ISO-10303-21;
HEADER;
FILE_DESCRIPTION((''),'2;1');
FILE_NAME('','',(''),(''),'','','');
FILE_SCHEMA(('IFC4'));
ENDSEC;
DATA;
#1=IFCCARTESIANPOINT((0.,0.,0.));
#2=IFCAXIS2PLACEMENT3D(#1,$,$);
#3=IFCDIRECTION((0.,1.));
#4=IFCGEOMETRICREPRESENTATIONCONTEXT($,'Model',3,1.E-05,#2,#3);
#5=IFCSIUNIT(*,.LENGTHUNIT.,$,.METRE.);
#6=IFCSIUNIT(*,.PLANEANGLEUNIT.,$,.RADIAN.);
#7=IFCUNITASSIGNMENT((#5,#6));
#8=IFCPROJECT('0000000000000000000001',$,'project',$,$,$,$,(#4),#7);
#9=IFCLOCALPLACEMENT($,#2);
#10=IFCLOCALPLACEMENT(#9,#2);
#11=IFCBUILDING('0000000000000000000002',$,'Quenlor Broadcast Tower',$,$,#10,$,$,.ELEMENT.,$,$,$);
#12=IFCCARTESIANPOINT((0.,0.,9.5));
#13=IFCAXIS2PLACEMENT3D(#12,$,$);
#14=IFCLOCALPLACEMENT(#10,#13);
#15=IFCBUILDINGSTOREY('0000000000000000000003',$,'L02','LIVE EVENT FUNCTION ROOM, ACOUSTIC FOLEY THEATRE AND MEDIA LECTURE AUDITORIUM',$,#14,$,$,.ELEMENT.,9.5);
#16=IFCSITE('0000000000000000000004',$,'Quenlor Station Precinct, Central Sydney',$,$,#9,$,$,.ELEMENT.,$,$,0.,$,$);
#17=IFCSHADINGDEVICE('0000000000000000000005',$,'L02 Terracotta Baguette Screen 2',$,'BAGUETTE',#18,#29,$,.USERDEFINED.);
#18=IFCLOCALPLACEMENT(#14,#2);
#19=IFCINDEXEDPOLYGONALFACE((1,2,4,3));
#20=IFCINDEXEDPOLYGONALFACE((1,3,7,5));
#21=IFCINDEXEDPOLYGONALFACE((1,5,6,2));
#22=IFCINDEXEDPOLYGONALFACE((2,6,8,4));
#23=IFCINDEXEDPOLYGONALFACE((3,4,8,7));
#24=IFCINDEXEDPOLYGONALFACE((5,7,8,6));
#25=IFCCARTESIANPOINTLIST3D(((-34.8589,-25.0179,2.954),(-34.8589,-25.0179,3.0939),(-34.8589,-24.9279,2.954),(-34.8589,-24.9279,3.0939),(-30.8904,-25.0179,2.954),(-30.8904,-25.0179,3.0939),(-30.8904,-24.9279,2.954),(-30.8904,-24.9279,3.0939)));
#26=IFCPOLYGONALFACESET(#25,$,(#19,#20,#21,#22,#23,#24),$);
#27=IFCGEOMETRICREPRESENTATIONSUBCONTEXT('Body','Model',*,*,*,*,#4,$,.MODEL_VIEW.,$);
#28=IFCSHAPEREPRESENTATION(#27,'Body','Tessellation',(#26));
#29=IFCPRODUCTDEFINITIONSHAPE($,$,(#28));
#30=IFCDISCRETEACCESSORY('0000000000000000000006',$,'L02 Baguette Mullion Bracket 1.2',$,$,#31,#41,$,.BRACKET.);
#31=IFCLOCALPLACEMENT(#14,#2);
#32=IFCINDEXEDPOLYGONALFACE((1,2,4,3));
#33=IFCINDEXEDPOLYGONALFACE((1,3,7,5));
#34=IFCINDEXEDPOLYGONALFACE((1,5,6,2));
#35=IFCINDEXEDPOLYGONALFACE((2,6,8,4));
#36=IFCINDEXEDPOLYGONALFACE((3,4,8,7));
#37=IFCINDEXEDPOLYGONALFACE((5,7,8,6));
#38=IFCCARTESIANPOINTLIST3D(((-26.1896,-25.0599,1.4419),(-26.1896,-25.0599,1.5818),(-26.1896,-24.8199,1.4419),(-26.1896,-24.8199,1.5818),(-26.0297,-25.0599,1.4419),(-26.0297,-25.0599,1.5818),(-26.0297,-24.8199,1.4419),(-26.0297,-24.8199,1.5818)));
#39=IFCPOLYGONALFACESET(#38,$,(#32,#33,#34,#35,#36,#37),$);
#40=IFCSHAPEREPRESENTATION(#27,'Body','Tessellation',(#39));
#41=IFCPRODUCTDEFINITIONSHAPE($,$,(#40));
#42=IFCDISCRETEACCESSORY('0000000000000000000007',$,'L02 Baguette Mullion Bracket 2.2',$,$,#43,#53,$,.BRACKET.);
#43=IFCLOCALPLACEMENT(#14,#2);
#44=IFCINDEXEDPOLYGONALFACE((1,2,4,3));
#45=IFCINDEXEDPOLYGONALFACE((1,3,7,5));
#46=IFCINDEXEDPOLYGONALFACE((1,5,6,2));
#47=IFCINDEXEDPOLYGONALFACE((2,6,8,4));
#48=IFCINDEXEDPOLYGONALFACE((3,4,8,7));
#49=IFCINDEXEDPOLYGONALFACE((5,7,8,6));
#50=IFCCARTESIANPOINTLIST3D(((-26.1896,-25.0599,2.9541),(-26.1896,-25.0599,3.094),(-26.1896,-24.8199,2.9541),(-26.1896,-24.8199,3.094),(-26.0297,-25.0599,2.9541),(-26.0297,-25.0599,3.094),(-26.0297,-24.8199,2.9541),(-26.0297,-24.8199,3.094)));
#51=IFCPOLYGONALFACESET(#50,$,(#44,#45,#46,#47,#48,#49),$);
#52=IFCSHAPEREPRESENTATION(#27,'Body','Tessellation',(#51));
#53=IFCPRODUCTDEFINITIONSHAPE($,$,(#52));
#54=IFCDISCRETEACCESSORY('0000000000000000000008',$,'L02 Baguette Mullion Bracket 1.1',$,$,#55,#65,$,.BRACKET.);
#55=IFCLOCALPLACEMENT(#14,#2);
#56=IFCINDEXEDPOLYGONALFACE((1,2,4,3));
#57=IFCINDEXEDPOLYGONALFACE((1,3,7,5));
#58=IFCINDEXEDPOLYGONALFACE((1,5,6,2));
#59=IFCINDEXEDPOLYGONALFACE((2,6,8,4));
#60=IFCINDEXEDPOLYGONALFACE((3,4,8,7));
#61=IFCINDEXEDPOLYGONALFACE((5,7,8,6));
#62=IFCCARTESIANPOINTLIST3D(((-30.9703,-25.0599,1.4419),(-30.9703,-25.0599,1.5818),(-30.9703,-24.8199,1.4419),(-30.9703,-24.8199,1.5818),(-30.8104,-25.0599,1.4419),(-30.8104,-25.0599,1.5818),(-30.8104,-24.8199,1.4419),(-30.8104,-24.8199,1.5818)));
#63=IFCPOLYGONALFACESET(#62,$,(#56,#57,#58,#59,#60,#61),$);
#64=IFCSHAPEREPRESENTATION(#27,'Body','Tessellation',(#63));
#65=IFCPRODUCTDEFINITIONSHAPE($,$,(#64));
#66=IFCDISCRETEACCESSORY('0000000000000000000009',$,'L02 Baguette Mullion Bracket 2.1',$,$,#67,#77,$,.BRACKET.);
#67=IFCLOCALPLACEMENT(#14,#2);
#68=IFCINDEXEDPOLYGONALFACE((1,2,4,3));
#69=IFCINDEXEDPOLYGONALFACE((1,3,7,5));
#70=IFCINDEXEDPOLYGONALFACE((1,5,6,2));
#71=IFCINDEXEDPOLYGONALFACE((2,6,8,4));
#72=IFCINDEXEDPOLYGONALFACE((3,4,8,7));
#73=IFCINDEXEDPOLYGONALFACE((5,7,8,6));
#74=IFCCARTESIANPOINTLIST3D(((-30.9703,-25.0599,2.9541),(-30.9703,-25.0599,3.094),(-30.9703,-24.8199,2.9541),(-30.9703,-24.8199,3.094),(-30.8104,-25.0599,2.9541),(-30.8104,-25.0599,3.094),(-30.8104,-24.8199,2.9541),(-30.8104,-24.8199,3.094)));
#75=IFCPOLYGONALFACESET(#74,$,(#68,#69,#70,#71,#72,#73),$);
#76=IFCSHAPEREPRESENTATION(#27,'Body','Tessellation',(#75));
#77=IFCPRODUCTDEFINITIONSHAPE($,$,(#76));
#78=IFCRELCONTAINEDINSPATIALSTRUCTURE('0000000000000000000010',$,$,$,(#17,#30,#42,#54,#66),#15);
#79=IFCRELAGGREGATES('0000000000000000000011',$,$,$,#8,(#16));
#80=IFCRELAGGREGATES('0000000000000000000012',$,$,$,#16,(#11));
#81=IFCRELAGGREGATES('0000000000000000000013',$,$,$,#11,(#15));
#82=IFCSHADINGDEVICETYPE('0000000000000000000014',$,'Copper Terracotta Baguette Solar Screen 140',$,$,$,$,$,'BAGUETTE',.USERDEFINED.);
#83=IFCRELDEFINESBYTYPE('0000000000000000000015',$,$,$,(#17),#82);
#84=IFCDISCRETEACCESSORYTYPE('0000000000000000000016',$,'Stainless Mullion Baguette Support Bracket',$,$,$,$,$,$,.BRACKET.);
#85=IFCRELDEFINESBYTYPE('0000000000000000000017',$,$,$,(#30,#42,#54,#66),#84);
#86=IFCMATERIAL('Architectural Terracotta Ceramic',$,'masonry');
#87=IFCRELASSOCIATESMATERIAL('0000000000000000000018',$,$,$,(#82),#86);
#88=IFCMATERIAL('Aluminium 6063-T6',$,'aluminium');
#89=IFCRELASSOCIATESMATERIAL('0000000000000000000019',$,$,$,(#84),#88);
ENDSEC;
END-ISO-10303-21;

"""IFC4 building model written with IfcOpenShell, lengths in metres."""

from ifc_helpers import new_model, si_unit, direction, frame, origin, origin_2d, place, context, subcontext, project, spatial, rectangle, extrude, material, material_profile, profile_set, type_object, element, save


model = new_model("IFC4")

# Units and contexts
model_context = context("Model", 3, precision=1e-05, world=origin(), true_north=direction((0.0, 1.0)))
body_context = subcontext(model_context, "Body", "Model", "MODEL_VIEW")
ifc_project = project(units=[si_unit("LENGTHUNIT", "METRE"), si_unit("PLANEANGLEUNIT", "RADIAN")], contexts=[model_context])

# Site, building, storey
site_placement = place(None, origin())
site = spatial("IfcSite", under=ifc_project, at=site_placement, Name="Quenlor Station Precinct, Central Sydney", CompositionType="ELEMENT", RefElevation=0.0)
building_placement = place(site_placement, origin())
building = spatial("IfcBuilding", under=site, at=building_placement, Name="Quenlor Broadcast Tower", CompositionType="ELEMENT")
storey_placement = place(building_placement, frame((0.0, 0.0, 9.5)))
storey = spatial("IfcBuildingStorey", under=building, at=storey_placement, Name="L02", Description="LIVE EVENT FUNCTION ROOM, ACOUSTIC FOLEY THEATRE AND MEDIA LECTURE AUDITORIUM", CompositionType="ELEMENT", Elevation=9.5)

# Shading device
ifc_material_1 = material(Name="Architectural Terracotta Ceramic", Category="masonry")
ifc_material_profile_1 = material_profile(ifc_material_1, rectangle(XDim=0.0901, YDim=0.1399, at=origin_2d()))
ifc_profile_set_1 = profile_set([ifc_material_profile_1], Name="Architectural Terracotta Ceramic BAG90x140")
shading_device_type = type_object("IfcShadingDeviceType", Name="Copper Terracotta Baguette Solar Screen 140", ElementType="BAGUETTE", PredefinedType="USERDEFINED", material=ifc_profile_set_1)
for number, where, z_axis, x_axis, name in (
    (1, (-30.8904, -24.9729, 3.0239), (-1.0, 0.0, 0.0), (0.0, -1.0, 0.0), "L02 Terracotta Baguette Screen 2"),
):
    element("IfcShadingDevice", number, at=place(storey_placement, frame(where, z_axis=z_axis, x_axis=x_axis)), inside=storey, type_object=shading_device_type, Name=name, ObjectType="BAGUETTE", PredefinedType="USERDEFINED", context=body_context, shape_type="SweptSolid", body=[
        extrude(rectangle(XDim=0.0901, YDim=0.1399, at=origin_2d()), origin(), (0.0, 0.0, 1.0), 3.9685),
    ])

# Discrete accessories
ifc_material_2 = material(Name="Aluminium 6063-T6", Category="aluminium")
discrete_accessory_type = type_object("IfcDiscreteAccessoryType", Name="Stainless Mullion Baguette Support Bracket", PredefinedType="BRACKET", material=ifc_material_2)
for number, where, z_axis, x_axis, name in (
    (2, (-26.1096, -24.9399, 1.4419), (0.0, 0.0, 1.0), (-1.0, 0.0, 0.0), "L02 Baguette Mullion Bracket 1.2"),
    (3, (-26.1096, -24.9399, 2.9541), (0.0, 0.0, 1.0), (-1.0, 0.0, 0.0), "L02 Baguette Mullion Bracket 2.2"),
    (4, (-30.8904, -24.9399, 1.4419), (0.0, 0.0, 1.0), (-1.0, 0.0, 0.0), "L02 Baguette Mullion Bracket 1.1"),
    (5, (-30.8904, -24.9399, 2.9541), (0.0, 0.0, 1.0), (-1.0, 0.0, 0.0), "L02 Baguette Mullion Bracket 2.1"),
):
    element("IfcDiscreteAccessory", number, at=place(storey_placement, frame(where, z_axis=z_axis, x_axis=x_axis)), inside=storey, type_object=discrete_accessory_type, Name=name, PredefinedType="BRACKET", context=body_context, shape_type="SweptSolid", body=[
        extrude(rectangle(XDim=0.1599, YDim=0.24, at=origin_2d()), origin(), (0.0, 0.0, 1.0), 0.1399),
    ])

save(model, "model.ifc")
